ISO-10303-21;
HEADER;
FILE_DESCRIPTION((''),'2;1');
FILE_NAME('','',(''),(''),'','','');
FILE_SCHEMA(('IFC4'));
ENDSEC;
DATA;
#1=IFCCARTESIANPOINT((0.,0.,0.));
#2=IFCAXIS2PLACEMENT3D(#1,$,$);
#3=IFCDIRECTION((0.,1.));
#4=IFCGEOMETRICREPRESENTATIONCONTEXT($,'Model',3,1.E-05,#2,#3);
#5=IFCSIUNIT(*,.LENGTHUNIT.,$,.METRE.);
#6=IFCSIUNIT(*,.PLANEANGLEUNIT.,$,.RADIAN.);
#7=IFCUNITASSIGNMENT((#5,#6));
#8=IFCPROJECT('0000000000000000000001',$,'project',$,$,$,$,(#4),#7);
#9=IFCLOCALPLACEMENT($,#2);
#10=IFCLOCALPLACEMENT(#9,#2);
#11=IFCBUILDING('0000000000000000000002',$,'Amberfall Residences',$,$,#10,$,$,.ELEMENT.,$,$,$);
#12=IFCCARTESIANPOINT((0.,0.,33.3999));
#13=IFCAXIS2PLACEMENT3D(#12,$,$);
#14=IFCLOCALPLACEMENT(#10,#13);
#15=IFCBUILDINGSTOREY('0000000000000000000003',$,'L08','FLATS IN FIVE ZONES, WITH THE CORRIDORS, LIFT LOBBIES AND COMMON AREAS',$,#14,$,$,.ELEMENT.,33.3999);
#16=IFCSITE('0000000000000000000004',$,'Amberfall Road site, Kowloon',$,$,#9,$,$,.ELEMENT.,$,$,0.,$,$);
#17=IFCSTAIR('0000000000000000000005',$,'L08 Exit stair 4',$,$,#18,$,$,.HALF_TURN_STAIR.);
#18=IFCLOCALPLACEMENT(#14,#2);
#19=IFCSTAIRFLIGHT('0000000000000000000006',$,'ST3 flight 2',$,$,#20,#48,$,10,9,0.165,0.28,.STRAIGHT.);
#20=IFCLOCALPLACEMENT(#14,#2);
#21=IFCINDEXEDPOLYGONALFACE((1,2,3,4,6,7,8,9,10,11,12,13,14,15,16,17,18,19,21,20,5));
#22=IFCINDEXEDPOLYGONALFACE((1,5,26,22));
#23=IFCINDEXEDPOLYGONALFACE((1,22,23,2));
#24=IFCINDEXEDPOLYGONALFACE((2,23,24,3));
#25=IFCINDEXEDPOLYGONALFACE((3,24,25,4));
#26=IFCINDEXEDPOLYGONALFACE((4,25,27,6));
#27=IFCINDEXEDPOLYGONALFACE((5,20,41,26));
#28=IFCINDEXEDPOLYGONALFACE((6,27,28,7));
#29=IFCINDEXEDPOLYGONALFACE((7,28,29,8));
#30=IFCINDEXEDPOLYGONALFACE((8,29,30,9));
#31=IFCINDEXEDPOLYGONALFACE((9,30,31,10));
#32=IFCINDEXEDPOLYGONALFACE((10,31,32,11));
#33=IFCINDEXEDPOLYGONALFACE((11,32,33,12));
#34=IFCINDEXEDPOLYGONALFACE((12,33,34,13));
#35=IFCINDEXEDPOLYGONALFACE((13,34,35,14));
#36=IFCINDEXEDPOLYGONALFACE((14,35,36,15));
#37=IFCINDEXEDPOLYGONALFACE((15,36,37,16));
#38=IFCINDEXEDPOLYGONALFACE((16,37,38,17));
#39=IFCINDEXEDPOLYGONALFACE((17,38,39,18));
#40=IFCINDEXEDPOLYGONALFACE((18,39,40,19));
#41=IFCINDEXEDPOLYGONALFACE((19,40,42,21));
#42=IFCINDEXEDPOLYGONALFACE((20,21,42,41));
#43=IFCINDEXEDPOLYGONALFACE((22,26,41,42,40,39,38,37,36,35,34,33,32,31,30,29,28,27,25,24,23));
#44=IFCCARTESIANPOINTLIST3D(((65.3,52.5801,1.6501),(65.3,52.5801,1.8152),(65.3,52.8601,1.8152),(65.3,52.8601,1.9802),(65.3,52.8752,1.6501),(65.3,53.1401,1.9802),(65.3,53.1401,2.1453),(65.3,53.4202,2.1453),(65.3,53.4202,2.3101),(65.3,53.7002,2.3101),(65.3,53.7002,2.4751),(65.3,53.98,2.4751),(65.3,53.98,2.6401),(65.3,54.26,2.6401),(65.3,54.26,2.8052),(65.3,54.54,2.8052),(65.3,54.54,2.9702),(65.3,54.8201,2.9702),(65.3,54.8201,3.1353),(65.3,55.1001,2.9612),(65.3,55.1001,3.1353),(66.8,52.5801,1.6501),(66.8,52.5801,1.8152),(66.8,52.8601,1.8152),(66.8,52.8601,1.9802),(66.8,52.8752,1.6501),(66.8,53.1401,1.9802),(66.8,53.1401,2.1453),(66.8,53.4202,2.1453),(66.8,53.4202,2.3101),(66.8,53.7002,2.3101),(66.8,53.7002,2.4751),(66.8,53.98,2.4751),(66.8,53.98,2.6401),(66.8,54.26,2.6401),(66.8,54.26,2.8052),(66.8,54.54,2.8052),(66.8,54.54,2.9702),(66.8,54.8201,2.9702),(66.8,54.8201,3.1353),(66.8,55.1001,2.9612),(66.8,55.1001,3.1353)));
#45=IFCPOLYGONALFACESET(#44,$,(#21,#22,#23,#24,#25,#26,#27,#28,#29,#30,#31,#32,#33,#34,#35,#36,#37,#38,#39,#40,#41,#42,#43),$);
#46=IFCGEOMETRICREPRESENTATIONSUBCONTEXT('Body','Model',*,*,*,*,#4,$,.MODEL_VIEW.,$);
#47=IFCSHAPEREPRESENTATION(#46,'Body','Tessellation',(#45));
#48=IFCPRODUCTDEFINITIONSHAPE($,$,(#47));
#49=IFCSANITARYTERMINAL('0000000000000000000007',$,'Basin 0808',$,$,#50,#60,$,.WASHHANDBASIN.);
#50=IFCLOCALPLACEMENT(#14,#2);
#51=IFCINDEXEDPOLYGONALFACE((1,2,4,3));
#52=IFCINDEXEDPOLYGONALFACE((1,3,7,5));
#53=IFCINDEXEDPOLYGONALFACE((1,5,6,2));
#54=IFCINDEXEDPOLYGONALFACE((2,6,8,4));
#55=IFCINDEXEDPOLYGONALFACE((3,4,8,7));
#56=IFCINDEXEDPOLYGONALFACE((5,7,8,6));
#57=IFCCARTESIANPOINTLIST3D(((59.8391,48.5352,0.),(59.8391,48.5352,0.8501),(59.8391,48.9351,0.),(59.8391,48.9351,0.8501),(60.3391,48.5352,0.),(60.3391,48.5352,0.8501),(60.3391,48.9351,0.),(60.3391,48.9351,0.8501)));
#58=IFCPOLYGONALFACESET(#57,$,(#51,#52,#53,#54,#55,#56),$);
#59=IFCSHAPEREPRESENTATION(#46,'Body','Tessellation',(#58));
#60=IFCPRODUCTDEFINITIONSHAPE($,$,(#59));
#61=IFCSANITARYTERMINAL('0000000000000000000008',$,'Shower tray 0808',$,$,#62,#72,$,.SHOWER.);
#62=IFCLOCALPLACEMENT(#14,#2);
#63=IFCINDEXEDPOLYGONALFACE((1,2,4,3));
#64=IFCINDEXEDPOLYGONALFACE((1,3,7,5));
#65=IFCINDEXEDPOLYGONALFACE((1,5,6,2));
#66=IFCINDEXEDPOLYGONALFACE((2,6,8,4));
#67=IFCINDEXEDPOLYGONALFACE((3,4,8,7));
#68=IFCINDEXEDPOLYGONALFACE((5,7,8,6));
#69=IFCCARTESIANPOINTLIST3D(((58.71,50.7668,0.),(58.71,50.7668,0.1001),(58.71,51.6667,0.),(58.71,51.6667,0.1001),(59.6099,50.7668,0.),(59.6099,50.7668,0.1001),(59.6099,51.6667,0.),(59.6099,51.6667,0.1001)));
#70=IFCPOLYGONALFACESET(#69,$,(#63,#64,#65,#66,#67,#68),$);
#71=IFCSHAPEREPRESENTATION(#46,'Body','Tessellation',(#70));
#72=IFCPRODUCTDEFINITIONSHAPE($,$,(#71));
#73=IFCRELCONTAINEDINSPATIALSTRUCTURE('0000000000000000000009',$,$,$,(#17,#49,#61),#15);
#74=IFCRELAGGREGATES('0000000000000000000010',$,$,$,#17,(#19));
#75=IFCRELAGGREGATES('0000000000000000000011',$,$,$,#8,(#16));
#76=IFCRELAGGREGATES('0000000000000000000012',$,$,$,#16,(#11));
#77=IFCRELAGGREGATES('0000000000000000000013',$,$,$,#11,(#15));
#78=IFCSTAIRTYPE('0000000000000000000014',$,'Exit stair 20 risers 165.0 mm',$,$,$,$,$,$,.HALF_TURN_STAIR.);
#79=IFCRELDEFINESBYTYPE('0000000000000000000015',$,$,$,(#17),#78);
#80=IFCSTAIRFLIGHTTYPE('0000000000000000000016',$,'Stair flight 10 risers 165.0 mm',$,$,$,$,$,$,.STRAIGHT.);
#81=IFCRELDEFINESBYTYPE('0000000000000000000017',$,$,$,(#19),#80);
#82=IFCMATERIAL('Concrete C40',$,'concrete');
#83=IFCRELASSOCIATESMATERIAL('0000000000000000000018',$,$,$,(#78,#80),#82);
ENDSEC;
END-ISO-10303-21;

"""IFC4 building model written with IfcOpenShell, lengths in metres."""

from ifc_helpers import new_model, si_unit, direction, frame, origin, origin_2d, place, context, subcontext, project, spatial, polyline, rectangle, outline, extrude, material, type_object, element, aggregate, save


model = new_model("IFC4")

# Units and contexts
model_context = context("Model", 3, precision=1e-05, world=origin(), true_north=direction((0.0, 1.0)))
body_context = subcontext(model_context, "Body", "Model", "MODEL_VIEW")
ifc_project = project(units=[si_unit("LENGTHUNIT", "METRE"), si_unit("PLANEANGLEUNIT", "RADIAN")], contexts=[model_context])

# Site, building, storey
site_placement = place(None, origin())
site = spatial("IfcSite", under=ifc_project, at=site_placement, Name="Amberfall Road site, Kowloon", CompositionType="ELEMENT", RefElevation=0.0)
building_placement = place(site_placement, origin())
building = spatial("IfcBuilding", under=site, at=building_placement, Name="Amberfall Residences", CompositionType="ELEMENT")
storey_placement = place(building_placement, frame((0.0, 0.0, 33.3999)))
storey = spatial("IfcBuildingStorey", under=building, at=storey_placement, Name="L08", Description="FLATS IN FIVE ZONES, WITH THE CORRIDORS, LIFT LOBBIES AND COMMON AREAS", CompositionType="ELEMENT", Elevation=33.3999)

# Stair, stair flight
ifc_material_1 = material(Name="Concrete C40", Category="concrete")
stair_type = type_object("IfcStairType", Name="Exit stair 20 risers 165.0 mm", PredefinedType="HALF_TURN_STAIR", material=ifc_material_1)
stair_placement = place(storey_placement, origin())
stair = element("IfcStair", 1, at=stair_placement, inside=storey, type_object=stair_type, Name="L08 Exit stair 4", PredefinedType="HALF_TURN_STAIR")
stair_flight_type = type_object("IfcStairFlightType", Name="Stair flight 10 risers 165.0 mm", PredefinedType="STRAIGHT", material=ifc_material_1)
stair_flight_1_placement = place(storey_placement, frame((66.05, 52.5801, 1.6501), z_axis=(0.0, 0.0, 1.0), x_axis=(0.0, 1.0, 0.0)))
stair_flight_1 = element("IfcStairFlight", 2, at=stair_flight_1_placement, type_object=stair_flight_type, Name="ST3 flight 2", NumberOfRisers=10, NumberOfTreads=9, PredefinedType="STRAIGHT", RiserHeight=0.165, TreadLength=0.28, context=body_context, shape_type="SweptSolid", body=[
    extrude(outline(polyline([(0.0, 0.0), (0.0, 0.165), (0.28, 0.165), (0.28, 0.3301), (0.5601, 0.3301), (0.5601, 0.4951), (0.8401, 0.4951), (0.8401, 0.6599), (1.1201, 0.6599), (1.1201, 0.825), (1.3999, 0.825), (1.3999, 0.99), (1.6799, 0.99), (1.6799, 1.155), (1.96, 1.155), (1.96, 1.3201), (2.24, 1.3201), (2.24, 1.4851), (2.52, 1.4851), (2.52, 1.6499), (2.52, 1.311), (0.2952, 0.0), (0.0, 0.0)])), frame((0.0, 0.75, 0.0), z_axis=(0.0, -1.0, 0.0), x_axis=(1.0, 0.0, 0.0)), (0.0, 0.0, 1.0), 1.5),
])
aggregate(stair, [stair_flight_1])

# Sanitary terminals
sanitary_terminal_1_placement = place(storey_placement, frame((60.0891, 48.7351, 0.0), z_axis=(0.0, 0.0, 1.0), x_axis=(1.0, 0.0, 0.0)))
element("IfcSanitaryTerminal", 3, at=sanitary_terminal_1_placement, inside=storey, Name="Basin 0808", PredefinedType="WASHHANDBASIN", context=body_context, shape_type="SweptSolid", body=[
    extrude(rectangle(XDim=0.5, YDim=0.3999, at=origin_2d()), origin(), (0.0, 0.0, 1.0), 0.8501),
])
sanitary_terminal_2_placement = place(storey_placement, frame((59.1599, 51.2168, 0.0), z_axis=(0.0, 0.0, 1.0), x_axis=(1.0, 0.0, 0.0)))
element("IfcSanitaryTerminal", 4, at=sanitary_terminal_2_placement, inside=storey, Name="Shower tray 0808", PredefinedType="SHOWER", context=body_context, shape_type="SweptSolid", body=[
    extrude(rectangle(XDim=0.8999, YDim=0.8999, at=origin_2d()), origin(), (0.0, 0.0, 1.0), 0.1001),
])

save(model, "model.ifc")
